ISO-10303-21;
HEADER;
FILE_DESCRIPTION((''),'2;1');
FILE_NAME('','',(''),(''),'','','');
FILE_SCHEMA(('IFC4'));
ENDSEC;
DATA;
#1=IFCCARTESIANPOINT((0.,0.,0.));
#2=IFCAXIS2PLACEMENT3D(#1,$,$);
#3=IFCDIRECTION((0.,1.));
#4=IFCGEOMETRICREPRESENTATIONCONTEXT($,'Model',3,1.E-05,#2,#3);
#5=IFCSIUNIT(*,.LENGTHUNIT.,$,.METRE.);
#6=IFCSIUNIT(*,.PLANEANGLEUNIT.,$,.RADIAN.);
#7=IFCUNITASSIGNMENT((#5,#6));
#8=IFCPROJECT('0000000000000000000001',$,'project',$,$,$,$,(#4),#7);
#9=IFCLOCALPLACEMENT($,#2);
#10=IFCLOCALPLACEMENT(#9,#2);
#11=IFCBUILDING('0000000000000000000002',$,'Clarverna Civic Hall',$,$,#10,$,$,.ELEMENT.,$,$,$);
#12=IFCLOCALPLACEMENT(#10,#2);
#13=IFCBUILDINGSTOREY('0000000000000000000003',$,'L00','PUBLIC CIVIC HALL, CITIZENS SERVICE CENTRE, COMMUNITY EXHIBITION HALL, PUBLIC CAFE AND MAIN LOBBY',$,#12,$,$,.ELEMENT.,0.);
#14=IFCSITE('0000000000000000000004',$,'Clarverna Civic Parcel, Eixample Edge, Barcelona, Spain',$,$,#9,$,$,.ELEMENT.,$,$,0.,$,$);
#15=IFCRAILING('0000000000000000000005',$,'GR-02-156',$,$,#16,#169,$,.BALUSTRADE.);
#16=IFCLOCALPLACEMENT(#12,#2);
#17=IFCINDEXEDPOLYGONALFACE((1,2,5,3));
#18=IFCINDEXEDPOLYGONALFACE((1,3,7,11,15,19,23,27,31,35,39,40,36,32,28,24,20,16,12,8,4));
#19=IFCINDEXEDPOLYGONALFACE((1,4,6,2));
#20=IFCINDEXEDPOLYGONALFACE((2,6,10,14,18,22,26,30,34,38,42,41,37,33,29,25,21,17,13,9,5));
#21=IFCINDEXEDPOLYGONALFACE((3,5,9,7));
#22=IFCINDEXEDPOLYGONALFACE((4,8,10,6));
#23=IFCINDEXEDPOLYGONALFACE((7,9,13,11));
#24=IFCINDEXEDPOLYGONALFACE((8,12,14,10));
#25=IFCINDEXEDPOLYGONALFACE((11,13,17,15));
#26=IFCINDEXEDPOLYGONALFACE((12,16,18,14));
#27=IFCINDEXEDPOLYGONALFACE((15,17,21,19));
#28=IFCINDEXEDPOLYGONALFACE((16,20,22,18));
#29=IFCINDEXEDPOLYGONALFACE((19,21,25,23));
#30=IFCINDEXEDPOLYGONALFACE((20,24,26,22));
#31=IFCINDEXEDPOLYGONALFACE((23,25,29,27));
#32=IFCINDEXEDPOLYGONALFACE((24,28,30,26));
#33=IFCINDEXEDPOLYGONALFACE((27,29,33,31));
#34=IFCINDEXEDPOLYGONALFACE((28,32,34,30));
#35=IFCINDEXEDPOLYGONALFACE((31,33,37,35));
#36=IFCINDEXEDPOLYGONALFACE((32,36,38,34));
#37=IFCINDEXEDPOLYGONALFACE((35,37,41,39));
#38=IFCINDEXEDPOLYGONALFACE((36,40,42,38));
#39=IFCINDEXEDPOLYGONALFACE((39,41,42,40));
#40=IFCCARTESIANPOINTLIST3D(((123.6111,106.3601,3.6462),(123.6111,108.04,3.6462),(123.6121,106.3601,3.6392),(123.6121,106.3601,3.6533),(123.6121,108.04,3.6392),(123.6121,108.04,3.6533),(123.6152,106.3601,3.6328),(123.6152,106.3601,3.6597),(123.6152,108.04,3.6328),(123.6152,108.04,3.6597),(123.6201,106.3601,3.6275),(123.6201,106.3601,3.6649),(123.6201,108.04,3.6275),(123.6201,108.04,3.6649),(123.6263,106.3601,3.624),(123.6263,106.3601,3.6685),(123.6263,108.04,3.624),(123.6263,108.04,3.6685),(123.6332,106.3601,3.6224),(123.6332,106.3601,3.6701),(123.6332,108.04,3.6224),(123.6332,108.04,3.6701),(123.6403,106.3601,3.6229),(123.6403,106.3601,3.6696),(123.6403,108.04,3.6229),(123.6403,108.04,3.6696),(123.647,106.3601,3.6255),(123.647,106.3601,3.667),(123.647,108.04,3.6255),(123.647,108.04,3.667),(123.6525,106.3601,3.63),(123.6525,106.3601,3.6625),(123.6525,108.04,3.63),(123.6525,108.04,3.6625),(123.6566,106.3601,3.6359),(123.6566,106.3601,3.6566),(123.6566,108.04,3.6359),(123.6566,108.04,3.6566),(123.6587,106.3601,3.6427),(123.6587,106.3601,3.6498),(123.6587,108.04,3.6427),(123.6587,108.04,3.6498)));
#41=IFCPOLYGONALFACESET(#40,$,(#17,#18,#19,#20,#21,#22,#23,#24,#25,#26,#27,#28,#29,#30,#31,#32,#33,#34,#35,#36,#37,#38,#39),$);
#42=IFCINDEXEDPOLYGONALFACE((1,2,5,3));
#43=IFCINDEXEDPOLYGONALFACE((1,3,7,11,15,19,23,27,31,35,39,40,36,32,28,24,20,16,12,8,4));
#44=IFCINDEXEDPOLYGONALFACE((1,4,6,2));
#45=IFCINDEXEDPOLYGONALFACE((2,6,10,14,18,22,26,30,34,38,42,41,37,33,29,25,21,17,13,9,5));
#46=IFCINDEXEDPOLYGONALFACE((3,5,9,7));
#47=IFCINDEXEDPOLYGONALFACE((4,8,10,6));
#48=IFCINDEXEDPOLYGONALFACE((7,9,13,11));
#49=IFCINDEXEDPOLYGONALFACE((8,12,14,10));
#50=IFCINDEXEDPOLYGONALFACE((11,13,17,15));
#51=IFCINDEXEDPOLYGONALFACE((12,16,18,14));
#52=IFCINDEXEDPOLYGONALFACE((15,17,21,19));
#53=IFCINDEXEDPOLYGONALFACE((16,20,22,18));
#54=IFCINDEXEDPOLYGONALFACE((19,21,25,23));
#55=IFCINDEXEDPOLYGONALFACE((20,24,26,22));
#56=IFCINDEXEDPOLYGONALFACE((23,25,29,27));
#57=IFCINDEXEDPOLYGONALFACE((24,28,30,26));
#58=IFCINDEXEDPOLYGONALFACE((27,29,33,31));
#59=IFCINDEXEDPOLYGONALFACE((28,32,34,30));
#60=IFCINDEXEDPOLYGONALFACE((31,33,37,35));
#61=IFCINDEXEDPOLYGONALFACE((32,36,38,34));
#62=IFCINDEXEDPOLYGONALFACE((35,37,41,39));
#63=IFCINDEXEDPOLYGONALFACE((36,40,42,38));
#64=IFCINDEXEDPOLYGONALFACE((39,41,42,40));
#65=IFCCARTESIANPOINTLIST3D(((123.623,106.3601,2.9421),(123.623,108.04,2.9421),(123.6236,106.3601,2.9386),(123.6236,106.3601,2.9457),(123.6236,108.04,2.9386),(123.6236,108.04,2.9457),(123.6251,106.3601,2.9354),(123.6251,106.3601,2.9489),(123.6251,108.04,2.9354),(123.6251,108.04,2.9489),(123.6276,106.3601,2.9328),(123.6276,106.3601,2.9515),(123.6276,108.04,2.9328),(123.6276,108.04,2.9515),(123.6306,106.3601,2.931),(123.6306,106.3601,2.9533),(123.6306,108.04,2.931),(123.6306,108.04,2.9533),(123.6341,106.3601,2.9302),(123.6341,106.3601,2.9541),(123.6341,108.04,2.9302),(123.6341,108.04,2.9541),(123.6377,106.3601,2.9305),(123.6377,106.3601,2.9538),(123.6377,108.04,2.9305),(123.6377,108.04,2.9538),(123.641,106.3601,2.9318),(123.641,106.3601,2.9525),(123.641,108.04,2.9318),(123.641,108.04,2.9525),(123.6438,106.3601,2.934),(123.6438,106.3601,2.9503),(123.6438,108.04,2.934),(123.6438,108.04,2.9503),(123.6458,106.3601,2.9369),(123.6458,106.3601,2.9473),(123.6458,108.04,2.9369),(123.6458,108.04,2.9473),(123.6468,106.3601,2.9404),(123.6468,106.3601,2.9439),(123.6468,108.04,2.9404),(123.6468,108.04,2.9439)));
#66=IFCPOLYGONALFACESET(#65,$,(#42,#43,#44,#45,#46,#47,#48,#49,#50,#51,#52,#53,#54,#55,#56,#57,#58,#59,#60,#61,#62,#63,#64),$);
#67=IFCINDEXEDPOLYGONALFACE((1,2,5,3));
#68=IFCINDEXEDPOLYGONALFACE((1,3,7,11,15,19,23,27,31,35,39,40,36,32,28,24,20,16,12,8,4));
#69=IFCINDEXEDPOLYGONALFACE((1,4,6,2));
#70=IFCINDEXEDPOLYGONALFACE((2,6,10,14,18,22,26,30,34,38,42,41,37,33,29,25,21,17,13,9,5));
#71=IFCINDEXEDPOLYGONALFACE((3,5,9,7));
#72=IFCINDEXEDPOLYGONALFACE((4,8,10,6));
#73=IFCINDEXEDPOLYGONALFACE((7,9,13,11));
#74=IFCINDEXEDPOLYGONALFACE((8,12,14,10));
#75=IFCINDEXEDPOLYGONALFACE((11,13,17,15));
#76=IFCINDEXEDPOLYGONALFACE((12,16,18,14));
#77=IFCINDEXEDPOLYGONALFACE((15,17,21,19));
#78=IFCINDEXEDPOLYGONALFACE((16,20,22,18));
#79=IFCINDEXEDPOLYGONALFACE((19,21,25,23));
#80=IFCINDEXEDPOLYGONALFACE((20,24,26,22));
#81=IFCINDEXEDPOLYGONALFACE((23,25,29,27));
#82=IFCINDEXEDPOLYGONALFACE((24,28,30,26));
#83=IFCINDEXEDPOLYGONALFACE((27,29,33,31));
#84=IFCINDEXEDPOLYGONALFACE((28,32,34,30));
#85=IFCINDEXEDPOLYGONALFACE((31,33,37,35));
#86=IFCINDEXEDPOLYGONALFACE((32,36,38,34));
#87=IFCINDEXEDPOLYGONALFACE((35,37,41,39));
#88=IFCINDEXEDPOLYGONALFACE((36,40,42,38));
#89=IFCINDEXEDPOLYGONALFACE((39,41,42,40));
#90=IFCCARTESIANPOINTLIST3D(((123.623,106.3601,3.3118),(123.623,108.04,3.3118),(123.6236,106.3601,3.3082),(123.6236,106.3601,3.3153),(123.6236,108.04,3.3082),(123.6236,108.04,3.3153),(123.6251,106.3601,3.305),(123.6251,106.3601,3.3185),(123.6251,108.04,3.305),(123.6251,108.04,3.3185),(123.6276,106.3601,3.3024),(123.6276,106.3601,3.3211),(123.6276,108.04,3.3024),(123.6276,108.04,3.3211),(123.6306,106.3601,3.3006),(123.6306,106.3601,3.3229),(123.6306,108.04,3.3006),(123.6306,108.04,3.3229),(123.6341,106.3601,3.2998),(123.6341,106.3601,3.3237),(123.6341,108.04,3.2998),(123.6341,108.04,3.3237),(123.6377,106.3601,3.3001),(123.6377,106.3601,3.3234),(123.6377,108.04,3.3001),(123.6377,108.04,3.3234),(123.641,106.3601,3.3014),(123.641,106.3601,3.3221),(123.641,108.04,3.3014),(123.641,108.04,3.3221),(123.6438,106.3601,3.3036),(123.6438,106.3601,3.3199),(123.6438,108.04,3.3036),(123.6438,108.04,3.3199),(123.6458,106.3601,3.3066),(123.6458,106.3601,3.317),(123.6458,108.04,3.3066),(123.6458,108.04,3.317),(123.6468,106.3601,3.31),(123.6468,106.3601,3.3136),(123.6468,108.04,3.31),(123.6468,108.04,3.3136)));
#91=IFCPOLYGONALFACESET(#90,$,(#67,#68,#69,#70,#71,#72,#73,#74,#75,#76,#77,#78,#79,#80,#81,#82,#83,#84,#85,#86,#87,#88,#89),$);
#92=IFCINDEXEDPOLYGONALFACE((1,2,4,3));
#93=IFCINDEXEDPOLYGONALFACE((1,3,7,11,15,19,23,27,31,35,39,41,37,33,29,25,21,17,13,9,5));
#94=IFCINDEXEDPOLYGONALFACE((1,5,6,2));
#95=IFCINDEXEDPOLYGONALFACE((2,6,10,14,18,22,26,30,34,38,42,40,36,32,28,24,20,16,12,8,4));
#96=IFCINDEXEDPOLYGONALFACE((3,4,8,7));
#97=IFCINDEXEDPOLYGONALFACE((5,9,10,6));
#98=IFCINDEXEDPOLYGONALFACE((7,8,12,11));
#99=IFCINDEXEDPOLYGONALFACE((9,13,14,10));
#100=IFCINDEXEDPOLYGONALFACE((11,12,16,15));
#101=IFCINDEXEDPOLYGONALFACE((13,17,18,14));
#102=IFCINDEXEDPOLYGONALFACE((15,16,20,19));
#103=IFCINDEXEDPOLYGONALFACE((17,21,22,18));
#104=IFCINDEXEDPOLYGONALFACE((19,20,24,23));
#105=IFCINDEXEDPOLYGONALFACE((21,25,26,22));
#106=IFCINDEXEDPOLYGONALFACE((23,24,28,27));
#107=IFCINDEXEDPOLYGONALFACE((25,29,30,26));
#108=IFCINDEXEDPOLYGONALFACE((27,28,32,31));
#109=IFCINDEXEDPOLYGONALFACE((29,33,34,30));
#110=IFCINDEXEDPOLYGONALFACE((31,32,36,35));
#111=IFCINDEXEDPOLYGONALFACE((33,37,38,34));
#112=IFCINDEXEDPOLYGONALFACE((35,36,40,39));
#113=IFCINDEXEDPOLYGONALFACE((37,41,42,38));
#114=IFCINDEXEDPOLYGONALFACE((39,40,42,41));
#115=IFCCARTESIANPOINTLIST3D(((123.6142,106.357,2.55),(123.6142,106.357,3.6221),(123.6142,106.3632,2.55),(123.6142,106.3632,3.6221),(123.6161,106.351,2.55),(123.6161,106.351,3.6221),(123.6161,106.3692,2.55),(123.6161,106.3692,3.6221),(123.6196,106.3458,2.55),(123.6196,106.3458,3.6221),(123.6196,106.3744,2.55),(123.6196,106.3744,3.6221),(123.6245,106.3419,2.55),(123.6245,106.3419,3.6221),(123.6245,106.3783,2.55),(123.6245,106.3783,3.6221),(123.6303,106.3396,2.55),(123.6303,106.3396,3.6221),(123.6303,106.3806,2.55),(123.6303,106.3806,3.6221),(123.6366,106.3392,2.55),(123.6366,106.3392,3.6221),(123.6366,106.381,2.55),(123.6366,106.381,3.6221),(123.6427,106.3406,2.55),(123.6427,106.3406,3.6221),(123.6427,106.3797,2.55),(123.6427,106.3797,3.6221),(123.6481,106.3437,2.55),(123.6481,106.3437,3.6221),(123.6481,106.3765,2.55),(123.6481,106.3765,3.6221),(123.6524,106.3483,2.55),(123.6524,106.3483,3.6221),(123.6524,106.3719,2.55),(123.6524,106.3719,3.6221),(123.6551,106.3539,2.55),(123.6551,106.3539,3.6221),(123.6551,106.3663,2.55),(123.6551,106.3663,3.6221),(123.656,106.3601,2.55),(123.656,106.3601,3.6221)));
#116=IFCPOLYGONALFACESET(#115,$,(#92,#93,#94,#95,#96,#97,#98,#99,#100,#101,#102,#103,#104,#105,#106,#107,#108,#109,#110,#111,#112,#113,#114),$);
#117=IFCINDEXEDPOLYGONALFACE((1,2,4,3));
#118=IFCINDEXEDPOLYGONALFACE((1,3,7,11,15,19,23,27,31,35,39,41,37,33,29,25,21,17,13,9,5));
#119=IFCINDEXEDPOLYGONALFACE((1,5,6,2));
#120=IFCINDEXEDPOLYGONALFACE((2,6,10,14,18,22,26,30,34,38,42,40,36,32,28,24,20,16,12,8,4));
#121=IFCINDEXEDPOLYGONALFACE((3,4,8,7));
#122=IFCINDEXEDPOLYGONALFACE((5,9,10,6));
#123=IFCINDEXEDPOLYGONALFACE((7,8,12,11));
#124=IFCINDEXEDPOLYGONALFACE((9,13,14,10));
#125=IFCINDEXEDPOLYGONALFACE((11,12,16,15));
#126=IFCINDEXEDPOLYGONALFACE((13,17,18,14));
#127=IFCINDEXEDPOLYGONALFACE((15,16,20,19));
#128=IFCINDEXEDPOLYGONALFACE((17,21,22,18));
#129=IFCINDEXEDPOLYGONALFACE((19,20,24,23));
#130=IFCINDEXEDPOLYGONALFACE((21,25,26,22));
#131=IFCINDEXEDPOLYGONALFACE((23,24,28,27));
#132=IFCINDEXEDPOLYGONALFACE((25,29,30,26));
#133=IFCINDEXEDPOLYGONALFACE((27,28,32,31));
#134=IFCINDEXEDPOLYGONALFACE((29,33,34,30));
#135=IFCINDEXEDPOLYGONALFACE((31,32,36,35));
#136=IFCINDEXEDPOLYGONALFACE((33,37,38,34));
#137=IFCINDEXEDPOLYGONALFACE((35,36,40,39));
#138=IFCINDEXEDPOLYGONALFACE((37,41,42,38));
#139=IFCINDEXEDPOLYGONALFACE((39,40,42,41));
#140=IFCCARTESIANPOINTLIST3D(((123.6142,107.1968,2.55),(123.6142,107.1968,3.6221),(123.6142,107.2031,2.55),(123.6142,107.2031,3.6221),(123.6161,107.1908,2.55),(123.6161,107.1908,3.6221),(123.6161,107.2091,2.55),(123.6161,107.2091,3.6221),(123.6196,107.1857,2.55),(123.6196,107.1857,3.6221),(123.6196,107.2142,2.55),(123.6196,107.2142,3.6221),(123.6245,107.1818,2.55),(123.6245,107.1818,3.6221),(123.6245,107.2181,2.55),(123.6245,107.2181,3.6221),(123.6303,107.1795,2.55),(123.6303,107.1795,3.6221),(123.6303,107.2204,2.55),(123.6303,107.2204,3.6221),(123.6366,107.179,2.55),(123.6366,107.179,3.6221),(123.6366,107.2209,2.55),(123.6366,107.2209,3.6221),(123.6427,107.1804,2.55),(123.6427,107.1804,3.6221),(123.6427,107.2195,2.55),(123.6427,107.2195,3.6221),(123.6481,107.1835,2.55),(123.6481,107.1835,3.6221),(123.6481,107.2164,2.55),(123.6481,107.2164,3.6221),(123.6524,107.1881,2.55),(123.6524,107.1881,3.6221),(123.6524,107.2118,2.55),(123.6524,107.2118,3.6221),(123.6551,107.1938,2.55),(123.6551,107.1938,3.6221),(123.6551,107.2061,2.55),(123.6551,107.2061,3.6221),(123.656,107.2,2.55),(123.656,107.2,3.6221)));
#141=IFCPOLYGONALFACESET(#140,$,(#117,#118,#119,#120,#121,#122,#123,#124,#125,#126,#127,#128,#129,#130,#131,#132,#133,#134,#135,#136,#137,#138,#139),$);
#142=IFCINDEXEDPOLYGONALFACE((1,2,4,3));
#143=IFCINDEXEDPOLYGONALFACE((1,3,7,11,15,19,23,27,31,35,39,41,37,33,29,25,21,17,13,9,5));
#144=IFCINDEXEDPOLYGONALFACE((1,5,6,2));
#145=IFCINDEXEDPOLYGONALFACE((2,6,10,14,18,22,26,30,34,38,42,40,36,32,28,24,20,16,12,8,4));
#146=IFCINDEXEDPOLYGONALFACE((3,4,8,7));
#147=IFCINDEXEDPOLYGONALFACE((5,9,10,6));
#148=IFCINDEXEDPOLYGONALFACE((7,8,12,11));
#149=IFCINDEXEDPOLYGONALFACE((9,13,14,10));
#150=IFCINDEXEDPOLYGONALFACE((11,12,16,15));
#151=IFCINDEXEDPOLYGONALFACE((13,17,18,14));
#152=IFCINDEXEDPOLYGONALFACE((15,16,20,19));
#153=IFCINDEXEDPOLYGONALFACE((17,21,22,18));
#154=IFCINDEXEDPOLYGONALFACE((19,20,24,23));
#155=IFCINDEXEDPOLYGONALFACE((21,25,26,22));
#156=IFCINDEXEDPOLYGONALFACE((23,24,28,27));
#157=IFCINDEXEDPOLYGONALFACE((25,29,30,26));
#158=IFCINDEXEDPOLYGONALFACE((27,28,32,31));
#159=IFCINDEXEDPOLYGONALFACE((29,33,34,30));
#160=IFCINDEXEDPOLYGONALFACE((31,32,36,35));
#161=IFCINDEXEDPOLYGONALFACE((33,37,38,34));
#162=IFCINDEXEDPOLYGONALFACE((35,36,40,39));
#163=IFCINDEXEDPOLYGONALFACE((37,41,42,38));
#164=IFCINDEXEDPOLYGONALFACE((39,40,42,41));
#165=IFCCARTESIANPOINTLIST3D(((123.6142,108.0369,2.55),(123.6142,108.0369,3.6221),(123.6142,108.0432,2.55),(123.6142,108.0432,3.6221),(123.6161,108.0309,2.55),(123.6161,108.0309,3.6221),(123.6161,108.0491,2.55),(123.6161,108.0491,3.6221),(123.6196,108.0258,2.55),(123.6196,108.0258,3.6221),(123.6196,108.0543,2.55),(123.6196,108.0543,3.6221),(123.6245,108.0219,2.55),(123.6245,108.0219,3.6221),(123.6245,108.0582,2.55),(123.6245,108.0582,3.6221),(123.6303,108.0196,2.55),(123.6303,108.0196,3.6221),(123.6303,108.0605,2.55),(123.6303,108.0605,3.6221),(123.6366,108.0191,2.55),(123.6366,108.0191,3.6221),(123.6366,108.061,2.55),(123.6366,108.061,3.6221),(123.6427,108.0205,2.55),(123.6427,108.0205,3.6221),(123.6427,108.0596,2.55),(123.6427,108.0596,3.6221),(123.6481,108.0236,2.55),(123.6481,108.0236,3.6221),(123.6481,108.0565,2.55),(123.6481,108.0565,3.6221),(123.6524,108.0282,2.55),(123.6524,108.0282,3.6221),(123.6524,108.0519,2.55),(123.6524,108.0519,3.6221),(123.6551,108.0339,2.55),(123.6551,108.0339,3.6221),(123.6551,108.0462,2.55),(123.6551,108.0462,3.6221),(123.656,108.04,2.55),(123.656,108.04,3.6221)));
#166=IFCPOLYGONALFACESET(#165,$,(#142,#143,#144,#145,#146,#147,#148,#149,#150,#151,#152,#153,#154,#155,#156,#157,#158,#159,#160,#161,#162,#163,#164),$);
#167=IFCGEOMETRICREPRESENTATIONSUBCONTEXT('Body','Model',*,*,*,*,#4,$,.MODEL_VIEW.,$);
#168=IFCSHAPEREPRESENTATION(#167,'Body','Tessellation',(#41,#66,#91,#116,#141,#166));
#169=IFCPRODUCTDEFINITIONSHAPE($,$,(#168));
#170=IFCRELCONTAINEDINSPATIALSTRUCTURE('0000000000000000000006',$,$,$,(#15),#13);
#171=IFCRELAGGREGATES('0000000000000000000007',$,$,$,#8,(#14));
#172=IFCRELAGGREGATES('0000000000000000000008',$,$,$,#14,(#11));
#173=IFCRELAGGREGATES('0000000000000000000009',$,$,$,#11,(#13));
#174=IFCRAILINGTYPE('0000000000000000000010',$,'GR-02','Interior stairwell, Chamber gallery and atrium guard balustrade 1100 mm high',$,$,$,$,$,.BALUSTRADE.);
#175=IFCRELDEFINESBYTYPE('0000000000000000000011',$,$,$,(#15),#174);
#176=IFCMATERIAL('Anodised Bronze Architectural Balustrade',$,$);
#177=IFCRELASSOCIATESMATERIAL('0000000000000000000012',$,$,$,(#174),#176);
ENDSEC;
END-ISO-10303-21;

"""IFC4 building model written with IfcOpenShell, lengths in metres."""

from ifc_helpers import new_model, si_unit, direction, frame, origin, origin_2d, place, context, subcontext, project, spatial, circle, extrude, material, type_object, element, save


model = new_model("IFC4")

# Units and contexts
model_context = context("Model", 3, precision=1e-05, world=origin(), true_north=direction((0.0, 1.0)))
body_context = subcontext(model_context, "Body", "Model", "MODEL_VIEW")
ifc_project = project(units=[si_unit("LENGTHUNIT", "METRE"), si_unit("PLANEANGLEUNIT", "RADIAN")], contexts=[model_context])

# Site, building, storey
site_placement = place(None, origin())
site = spatial("IfcSite", under=ifc_project, at=site_placement, Name="Clarverna Civic Parcel, Eixample Edge, Barcelona, Spain", CompositionType="ELEMENT", RefElevation=0.0)
building_placement = place(site_placement, origin())
building = spatial("IfcBuilding", under=site, at=building_placement, Name="Clarverna Civic Hall", CompositionType="ELEMENT")
storey_placement = place(building_placement, origin())
storey = spatial("IfcBuildingStorey", under=building, at=storey_placement, Name="L00", Description="PUBLIC CIVIC HALL, CITIZENS SERVICE CENTRE, COMMUNITY EXHIBITION HALL, PUBLIC CAFE AND MAIN LOBBY", CompositionType="ELEMENT", Elevation=0.0)

# Railing
ifc_material_1 = material(Name="Anodised Bronze Architectural Balustrade")
railing_type = type_object("IfcRailingType", Name="GR-02", Description="Interior stairwell, Chamber gallery and atrium guard balustrade 1100 mm high", PredefinedType="BALUSTRADE", material=ifc_material_1)
railing_1_placement = place(storey_placement, frame((123.635, 106.3601, 2.55)))
element("IfcRailing", 1, at=railing_1_placement, inside=storey, type_object=railing_type, Name="GR-02-156", PredefinedType="BALUSTRADE", context=body_context, shape_type="SweptSolid", body=[
    extrude(circle(Radius=0.0239, at=origin_2d()), frame((0.0, 0.0, 1.0962), z_axis=(0.0, 1.0, 0.0), x_axis=(-1.0, 0.0, 0.0)), (0.0, 0.0, 1.0), 1.6799),
    extrude(circle(Radius=0.012, at=origin_2d()), frame((0.0, 0.0, 0.3921), z_axis=(0.0, 1.0, 0.0), x_axis=(-1.0, 0.0, 0.0)), (0.0, 0.0, 1.0), 1.6799),
    extrude(circle(Radius=0.012, at=origin_2d()), frame((0.0, 0.0, 0.7617), z_axis=(0.0, 1.0, 0.0), x_axis=(-1.0, 0.0, 0.0)), (0.0, 0.0, 1.0), 1.6799),
    extrude(circle(Radius=0.021, at=origin_2d()), origin(), (0.0, 0.0, 1.0), 1.072),
    extrude(circle(Radius=0.021, at=origin_2d()), frame((0.0, 0.8398, 0.0)), (0.0, 0.0, 1.0), 1.072),
    extrude(circle(Radius=0.021, at=origin_2d()), frame((0.0, 1.6799, 0.0)), (0.0, 0.0, 1.0), 1.072),
])

save(model, "model.ifc")
